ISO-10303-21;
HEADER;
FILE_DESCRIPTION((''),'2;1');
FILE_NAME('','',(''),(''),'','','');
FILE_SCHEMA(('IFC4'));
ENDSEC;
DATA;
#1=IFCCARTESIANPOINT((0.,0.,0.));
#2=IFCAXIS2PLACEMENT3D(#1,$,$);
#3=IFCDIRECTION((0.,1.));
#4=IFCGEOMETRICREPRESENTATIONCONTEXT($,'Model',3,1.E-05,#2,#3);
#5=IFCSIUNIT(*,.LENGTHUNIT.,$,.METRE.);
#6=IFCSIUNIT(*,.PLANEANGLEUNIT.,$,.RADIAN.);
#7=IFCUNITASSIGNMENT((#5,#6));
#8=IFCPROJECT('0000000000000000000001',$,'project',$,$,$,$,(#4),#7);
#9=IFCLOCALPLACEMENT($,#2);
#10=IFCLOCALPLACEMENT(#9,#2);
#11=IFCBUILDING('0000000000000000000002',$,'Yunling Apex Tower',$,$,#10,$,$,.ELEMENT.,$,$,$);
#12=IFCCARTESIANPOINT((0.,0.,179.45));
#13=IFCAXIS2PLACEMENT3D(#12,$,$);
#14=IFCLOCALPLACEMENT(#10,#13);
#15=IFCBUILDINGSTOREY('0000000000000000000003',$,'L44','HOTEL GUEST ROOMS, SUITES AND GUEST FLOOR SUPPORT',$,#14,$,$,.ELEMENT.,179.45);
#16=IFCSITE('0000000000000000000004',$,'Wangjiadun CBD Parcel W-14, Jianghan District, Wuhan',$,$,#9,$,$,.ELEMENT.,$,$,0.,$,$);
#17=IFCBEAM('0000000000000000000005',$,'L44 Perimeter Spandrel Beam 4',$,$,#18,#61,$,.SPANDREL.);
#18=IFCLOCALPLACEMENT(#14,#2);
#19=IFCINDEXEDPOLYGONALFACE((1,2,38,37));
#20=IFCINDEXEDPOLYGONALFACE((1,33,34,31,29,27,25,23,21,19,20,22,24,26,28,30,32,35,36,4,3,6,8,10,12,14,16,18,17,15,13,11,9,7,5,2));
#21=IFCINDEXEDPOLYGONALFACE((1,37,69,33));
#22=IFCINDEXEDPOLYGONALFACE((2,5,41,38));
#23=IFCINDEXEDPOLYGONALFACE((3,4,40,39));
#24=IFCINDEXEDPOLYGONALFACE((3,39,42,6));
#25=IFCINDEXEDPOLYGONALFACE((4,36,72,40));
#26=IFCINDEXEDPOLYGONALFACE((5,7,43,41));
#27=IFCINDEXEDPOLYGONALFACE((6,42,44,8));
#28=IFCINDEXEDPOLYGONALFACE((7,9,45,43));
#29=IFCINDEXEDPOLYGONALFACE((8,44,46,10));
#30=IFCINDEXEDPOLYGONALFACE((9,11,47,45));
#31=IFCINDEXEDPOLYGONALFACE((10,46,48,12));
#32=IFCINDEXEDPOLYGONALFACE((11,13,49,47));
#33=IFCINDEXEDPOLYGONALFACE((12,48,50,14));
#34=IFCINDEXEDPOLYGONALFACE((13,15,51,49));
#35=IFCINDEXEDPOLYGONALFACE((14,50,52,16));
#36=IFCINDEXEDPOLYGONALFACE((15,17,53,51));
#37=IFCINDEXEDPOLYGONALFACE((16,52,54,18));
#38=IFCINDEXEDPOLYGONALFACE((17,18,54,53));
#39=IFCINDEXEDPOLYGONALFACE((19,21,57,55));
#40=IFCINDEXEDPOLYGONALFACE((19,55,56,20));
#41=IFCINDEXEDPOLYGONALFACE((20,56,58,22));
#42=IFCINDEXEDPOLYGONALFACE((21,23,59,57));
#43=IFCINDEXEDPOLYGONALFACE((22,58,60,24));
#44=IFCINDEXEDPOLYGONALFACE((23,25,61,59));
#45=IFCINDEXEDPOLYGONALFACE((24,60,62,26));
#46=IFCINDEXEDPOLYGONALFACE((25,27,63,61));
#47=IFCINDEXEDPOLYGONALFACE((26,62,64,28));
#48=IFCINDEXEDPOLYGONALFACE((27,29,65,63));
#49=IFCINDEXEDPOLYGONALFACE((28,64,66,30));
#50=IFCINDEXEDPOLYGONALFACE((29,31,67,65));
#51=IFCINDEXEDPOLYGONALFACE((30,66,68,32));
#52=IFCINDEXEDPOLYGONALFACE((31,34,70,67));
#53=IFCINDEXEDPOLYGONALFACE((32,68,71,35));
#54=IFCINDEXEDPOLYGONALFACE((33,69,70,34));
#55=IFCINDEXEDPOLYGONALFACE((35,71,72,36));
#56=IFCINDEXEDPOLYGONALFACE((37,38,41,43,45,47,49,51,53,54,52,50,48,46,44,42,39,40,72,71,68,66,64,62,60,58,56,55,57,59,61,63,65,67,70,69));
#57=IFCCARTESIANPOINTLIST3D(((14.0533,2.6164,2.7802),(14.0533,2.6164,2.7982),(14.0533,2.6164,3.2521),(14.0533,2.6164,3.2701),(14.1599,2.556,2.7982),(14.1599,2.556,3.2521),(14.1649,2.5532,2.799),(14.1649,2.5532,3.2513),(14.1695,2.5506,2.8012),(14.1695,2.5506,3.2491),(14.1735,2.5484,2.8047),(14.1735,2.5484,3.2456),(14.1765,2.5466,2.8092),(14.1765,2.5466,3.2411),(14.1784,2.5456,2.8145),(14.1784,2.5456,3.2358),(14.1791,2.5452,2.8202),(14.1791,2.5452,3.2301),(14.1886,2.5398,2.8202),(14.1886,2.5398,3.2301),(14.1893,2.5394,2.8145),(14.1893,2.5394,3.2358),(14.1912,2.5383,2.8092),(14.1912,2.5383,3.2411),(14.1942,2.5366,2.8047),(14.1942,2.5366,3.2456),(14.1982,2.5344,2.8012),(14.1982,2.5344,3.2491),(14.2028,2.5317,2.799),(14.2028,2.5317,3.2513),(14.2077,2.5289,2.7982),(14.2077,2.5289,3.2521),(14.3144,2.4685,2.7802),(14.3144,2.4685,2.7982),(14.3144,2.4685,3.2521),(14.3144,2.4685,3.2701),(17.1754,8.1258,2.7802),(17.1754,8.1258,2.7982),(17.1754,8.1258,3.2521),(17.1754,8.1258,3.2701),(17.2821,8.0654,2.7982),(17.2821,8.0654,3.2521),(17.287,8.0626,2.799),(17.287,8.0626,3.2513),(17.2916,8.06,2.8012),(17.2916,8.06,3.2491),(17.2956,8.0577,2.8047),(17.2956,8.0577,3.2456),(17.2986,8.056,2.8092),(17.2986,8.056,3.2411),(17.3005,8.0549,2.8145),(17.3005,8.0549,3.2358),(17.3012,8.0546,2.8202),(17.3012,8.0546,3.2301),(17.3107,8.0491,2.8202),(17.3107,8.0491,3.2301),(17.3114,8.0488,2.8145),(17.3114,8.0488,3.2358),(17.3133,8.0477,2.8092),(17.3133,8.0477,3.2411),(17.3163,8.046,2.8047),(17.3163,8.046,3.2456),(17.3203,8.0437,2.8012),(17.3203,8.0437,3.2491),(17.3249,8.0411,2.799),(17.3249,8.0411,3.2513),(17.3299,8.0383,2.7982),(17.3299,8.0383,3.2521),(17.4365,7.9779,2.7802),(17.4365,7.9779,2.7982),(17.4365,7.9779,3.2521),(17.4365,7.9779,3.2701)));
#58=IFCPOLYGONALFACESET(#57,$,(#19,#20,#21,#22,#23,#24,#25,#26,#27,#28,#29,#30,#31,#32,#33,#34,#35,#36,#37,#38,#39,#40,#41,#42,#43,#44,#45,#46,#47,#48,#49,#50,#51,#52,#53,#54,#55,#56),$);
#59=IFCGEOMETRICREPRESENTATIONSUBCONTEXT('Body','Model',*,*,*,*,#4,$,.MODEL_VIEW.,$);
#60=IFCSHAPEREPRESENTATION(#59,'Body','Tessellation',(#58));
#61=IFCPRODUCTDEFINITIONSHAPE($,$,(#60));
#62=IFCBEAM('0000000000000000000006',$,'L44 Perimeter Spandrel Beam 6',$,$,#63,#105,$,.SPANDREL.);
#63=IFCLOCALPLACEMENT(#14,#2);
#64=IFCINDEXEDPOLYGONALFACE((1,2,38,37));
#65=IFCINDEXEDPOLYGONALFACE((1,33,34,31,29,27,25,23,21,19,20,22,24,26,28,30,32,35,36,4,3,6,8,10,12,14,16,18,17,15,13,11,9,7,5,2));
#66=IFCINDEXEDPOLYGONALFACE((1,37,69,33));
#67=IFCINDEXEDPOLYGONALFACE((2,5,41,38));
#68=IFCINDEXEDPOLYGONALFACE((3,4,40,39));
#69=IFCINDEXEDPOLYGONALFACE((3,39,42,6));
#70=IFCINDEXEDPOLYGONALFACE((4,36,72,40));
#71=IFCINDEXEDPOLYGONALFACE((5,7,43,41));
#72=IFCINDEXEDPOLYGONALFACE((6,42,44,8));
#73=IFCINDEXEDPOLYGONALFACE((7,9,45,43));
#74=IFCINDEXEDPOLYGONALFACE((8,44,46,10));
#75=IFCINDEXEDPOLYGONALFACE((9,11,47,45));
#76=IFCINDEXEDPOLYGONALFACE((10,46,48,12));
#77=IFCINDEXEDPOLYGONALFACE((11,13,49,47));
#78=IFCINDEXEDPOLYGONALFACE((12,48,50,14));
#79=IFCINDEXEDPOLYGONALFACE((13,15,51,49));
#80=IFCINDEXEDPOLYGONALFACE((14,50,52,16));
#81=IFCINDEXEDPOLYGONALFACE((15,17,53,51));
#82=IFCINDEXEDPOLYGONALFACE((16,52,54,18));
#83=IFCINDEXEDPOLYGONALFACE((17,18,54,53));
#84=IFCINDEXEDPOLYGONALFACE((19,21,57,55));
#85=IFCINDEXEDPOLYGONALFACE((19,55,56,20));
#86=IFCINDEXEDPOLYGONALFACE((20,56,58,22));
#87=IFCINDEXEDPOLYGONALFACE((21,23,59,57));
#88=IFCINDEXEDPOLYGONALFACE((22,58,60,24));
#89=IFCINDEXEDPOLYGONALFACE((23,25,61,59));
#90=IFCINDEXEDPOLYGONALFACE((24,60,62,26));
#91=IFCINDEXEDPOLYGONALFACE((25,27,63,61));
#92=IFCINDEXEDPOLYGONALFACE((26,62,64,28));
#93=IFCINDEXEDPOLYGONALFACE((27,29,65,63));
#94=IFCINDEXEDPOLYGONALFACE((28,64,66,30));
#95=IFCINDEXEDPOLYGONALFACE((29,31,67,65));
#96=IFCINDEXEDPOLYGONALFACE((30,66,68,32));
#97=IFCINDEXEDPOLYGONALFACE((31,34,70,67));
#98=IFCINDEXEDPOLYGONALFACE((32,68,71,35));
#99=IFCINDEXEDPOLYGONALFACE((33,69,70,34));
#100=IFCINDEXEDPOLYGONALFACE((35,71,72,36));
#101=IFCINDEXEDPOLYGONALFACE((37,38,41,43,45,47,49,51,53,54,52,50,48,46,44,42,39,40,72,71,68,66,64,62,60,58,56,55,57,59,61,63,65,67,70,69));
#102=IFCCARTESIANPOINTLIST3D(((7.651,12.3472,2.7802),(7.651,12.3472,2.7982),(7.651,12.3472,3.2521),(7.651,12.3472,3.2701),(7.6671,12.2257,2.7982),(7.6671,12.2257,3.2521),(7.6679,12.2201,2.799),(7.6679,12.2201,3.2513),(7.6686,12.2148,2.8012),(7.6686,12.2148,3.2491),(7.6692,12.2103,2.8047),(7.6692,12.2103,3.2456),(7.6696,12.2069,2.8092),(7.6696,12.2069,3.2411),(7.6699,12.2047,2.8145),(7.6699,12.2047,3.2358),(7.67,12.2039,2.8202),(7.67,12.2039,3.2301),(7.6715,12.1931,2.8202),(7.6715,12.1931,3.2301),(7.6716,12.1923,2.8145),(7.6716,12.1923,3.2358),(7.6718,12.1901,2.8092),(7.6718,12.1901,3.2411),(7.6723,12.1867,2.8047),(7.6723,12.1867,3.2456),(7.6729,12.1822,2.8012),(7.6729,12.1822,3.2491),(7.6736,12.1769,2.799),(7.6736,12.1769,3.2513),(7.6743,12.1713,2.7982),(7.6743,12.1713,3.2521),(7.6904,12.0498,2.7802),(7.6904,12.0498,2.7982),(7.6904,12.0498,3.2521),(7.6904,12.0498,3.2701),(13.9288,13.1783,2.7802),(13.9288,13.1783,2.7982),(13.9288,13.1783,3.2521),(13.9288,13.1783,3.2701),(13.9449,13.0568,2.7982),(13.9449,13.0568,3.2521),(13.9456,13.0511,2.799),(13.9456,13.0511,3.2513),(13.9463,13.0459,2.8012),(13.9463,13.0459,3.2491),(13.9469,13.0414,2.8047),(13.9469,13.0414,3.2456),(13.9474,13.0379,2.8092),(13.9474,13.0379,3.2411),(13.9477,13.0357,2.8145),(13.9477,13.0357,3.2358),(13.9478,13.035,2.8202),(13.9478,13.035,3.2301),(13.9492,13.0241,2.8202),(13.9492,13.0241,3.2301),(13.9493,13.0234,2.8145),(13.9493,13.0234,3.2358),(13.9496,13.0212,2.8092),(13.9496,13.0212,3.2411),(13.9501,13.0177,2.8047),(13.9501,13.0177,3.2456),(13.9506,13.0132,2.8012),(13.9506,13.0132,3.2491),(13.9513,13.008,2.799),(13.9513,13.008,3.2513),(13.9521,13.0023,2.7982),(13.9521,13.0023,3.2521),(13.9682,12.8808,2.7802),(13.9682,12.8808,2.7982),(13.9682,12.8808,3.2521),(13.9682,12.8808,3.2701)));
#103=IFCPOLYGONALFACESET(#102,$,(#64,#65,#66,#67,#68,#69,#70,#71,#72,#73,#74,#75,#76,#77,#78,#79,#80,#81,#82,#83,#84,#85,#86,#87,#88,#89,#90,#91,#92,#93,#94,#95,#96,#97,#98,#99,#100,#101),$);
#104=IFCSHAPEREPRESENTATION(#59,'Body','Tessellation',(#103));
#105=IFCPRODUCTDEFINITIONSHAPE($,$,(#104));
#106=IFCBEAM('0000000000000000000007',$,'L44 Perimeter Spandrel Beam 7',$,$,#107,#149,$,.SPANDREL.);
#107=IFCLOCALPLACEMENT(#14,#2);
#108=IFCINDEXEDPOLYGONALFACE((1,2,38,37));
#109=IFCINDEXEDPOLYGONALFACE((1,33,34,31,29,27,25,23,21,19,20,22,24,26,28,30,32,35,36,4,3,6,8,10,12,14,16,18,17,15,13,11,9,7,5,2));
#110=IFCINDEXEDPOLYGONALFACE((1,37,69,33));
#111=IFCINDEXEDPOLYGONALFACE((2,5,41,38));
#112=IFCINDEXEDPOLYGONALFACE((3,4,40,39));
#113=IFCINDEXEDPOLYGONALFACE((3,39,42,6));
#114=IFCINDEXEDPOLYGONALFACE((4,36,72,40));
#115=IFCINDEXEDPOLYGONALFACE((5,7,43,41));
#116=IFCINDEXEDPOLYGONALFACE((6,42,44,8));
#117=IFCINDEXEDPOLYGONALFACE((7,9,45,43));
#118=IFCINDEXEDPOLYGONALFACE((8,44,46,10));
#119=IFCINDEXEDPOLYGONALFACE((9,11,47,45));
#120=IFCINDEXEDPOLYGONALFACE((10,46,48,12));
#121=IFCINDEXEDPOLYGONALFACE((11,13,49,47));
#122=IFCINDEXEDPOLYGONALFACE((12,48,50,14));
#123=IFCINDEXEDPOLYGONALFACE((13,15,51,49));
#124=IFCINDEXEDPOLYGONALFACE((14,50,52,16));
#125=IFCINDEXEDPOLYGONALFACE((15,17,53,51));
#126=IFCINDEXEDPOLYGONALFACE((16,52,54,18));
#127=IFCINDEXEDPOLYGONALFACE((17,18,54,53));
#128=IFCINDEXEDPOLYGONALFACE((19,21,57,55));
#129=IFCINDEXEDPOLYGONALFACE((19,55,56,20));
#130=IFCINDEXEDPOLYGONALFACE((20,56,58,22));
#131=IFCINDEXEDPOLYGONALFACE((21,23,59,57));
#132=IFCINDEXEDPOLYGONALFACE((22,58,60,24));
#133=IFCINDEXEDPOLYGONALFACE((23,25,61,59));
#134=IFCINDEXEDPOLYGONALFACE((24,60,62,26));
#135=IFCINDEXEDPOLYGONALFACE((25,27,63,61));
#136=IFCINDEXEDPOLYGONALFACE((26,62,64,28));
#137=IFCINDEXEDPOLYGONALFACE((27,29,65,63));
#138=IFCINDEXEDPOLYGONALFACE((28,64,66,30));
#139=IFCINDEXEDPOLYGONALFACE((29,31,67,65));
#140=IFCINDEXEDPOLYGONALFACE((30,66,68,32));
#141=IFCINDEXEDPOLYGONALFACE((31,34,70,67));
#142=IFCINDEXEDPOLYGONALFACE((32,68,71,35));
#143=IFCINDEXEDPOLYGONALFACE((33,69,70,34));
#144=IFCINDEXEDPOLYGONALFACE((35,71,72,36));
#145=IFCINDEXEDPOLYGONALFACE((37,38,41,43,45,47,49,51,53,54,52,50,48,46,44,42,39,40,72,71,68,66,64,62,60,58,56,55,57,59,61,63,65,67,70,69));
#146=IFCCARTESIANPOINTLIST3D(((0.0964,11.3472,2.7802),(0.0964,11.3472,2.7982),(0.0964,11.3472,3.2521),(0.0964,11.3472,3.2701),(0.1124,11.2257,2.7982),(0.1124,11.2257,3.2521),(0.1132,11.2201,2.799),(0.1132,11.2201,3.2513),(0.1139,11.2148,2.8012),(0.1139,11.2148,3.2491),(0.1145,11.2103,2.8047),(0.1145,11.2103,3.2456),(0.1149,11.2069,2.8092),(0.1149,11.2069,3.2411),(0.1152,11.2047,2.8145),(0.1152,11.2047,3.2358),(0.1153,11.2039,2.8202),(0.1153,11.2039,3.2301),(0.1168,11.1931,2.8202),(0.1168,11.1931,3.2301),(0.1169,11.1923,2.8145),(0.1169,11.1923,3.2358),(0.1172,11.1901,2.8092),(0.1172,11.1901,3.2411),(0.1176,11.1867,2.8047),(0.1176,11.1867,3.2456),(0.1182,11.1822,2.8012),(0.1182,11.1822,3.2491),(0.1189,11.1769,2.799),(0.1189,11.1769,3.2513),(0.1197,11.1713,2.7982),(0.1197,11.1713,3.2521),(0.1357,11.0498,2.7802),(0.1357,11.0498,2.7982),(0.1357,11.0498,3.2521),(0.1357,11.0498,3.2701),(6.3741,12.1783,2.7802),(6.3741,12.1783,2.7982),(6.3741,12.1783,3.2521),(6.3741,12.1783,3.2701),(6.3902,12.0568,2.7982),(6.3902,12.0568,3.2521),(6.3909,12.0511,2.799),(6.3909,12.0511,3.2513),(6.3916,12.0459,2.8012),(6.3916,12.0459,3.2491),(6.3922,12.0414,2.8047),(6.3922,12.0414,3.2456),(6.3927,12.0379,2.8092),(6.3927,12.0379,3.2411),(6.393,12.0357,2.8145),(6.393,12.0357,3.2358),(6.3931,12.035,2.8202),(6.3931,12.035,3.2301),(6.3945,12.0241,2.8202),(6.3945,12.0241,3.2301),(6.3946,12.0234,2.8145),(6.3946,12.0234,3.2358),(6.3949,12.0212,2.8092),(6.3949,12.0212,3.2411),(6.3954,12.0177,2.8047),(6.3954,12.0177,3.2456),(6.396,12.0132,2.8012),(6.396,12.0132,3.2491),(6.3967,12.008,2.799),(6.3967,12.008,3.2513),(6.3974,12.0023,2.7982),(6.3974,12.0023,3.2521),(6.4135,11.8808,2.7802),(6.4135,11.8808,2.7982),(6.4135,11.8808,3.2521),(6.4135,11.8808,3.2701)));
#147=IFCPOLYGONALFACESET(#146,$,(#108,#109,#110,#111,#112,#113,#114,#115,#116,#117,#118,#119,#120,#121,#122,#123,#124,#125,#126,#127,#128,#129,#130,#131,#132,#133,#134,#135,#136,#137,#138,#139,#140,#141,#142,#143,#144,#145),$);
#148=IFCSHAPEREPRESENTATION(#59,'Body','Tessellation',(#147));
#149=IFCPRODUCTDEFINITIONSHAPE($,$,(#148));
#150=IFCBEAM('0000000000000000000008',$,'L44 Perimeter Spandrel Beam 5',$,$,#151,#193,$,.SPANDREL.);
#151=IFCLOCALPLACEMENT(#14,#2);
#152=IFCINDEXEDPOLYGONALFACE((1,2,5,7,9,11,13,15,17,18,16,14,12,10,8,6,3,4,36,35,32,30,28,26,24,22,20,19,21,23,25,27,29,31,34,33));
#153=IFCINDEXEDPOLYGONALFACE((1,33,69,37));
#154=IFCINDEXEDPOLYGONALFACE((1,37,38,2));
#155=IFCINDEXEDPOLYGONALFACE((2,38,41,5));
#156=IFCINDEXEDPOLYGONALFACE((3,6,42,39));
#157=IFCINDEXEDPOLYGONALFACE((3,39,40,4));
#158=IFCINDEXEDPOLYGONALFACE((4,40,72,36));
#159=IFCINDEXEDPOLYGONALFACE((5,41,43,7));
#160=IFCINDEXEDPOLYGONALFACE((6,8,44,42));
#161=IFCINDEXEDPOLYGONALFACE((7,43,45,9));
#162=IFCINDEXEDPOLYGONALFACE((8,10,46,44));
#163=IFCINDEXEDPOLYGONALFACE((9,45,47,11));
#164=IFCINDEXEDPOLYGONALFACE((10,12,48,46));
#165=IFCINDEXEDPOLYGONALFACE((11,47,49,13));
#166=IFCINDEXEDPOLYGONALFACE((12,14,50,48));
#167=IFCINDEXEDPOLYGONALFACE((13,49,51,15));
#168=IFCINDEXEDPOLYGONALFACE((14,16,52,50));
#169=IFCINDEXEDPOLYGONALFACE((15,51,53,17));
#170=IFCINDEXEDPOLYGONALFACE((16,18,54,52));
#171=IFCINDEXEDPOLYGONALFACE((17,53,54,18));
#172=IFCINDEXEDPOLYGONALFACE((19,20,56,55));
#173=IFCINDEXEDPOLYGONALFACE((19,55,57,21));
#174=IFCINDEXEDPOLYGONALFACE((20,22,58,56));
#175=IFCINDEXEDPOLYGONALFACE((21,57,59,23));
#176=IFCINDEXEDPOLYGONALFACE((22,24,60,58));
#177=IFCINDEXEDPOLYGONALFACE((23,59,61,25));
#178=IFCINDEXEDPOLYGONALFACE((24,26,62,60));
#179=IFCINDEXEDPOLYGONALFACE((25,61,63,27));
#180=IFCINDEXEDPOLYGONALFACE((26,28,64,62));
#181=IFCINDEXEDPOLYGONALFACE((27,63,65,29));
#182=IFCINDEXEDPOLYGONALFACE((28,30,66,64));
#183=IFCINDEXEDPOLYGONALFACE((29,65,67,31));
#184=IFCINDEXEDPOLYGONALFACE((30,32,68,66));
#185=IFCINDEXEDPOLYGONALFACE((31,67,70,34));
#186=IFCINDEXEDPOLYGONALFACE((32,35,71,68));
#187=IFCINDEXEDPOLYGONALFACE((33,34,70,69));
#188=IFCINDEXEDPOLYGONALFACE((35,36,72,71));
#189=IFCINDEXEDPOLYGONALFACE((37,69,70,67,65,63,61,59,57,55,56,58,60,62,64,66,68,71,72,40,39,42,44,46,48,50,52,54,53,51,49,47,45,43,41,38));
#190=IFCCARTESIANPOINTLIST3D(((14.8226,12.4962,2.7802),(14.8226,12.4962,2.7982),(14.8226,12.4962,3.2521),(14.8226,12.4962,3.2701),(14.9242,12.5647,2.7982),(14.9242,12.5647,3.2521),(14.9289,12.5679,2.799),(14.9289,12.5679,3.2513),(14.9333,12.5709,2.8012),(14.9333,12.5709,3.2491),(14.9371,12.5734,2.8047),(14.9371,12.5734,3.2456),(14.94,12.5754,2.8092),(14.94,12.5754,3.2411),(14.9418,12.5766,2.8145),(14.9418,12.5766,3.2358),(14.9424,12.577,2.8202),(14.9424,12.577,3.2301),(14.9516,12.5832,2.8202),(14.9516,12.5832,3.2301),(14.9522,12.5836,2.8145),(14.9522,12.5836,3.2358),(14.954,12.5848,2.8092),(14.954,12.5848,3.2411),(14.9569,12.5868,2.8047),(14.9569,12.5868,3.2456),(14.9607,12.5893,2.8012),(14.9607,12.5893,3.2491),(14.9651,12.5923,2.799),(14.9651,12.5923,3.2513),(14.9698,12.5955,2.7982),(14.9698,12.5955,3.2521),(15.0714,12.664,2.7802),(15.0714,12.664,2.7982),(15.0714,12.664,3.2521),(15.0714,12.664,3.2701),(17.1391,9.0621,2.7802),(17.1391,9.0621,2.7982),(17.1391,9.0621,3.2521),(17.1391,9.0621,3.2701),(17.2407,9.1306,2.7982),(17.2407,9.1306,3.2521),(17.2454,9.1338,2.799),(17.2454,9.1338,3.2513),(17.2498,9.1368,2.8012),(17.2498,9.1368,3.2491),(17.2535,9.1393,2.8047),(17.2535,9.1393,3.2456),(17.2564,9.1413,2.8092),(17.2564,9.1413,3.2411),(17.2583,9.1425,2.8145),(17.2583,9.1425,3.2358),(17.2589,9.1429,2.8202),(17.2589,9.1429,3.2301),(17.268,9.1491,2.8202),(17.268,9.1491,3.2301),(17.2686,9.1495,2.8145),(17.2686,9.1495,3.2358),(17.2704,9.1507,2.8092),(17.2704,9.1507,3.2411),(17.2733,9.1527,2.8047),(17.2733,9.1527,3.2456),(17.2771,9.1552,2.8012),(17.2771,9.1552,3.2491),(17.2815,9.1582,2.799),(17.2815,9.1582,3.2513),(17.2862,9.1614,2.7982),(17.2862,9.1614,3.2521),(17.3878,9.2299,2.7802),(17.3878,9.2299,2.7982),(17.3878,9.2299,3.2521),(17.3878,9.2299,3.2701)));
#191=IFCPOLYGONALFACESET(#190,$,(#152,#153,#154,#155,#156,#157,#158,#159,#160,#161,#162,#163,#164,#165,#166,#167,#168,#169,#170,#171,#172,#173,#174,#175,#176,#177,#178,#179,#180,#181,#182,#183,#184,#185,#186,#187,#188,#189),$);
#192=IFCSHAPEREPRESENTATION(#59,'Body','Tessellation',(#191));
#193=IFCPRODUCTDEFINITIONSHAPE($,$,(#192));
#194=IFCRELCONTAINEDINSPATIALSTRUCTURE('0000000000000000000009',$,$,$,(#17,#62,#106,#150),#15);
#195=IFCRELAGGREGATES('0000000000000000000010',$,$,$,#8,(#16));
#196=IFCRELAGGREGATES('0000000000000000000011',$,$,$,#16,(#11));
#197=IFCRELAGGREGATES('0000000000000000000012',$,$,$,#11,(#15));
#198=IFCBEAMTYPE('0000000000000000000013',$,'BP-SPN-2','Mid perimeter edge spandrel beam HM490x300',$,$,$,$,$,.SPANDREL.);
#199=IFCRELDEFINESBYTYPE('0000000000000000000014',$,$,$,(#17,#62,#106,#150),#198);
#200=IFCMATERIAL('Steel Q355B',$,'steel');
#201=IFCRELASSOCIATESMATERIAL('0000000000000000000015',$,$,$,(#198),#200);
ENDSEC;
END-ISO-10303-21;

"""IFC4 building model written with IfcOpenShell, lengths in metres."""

from ifc_helpers import new_model, si_unit, direction, frame, origin, origin_2d, place, context, subcontext, project, spatial, i_section, extrude, source, transform, mapped, material, material_profile, profile_set, type_object, element, save


model = new_model("IFC4")

# Units and contexts
model_context = context("Model", 3, precision=1e-05, world=origin(), true_north=direction((0.0, 1.0)))
body_context = subcontext(model_context, "Body", "Model", "MODEL_VIEW")
ifc_project = project(units=[si_unit("LENGTHUNIT", "METRE"), si_unit("PLANEANGLEUNIT", "RADIAN")], contexts=[model_context])

# Site, building, storey
site_placement = place(None, origin())
site = spatial("IfcSite", under=ifc_project, at=site_placement, Name="Wangjiadun CBD Parcel W-14, Jianghan District, Wuhan", CompositionType="ELEMENT", RefElevation=0.0)
building_placement = place(site_placement, origin())
building = spatial("IfcBuilding", under=site, at=building_placement, Name="Yunling Apex Tower", CompositionType="ELEMENT")
storey_placement = place(building_placement, frame((0.0, 0.0, 179.45)))
storey = spatial("IfcBuildingStorey", under=building, at=storey_placement, Name="L44", Description="HOTEL GUEST ROOMS, SUITES AND GUEST FLOOR SUPPORT", CompositionType="ELEMENT", Elevation=179.45)

# Beams
ifc_material_1 = material(Name="Steel Q355B", Category="steel")
ifc_material_profile_1 = material_profile(ifc_material_1, i_section(OverallWidth=0.3, OverallDepth=0.49, WebThickness=0.011, FlangeThickness=0.0181, FilletRadius=0.022, at=origin_2d()))
ifc_profile_set_1 = profile_set([ifc_material_profile_1], Name="Steel Q355B")
beam_type_1 = type_object("IfcBeamType", Name="BP-SPN-2", Description="Mid perimeter edge spandrel beam HM490x300", PredefinedType="SPANDREL", material=ifc_profile_set_1)
shared_shape_1 = source(origin(), body_context, "Body", "SweptSolid", [
    extrude(i_section(OverallWidth=0.3, OverallDepth=0.49, WebThickness=0.011, FlangeThickness=0.0181, FilletRadius=0.022, at=origin_2d()), origin(), (0.0, 0.0, 1.0), 6.3325),
])
for number, where, z_axis, x_axis, name in (
    (1, (14.1838, 2.5425, 3.0251), (0.49303, 0.870012, 0.0), (-0.870012, 0.49303, 0.0), "L44 Perimeter Spandrel Beam 4"),
    (2, (13.9485, 13.0295, 3.0251), (-0.991351, -0.131234, 0.0), (0.131234, -0.991351, 0.0), "L44 Perimeter Spandrel Beam 6"),
    (3, (6.3938, 12.0295, 3.0251), (-0.991351, -0.131234, 0.0), (0.131234, -0.991351, 0.0), "L44 Perimeter Spandrel Beam 7"),
):
    element("IfcBeam", number, at=place(storey_placement, frame(where, z_axis=z_axis, x_axis=x_axis)), inside=storey, type_object=beam_type_1, Name=name, PredefinedType="SPANDREL", context=body_context, shape_type="MappedRepresentation", body=[
        mapped(shared_shape_1, transform((0.0, 0.0, 0.0), scale=1.0)),
    ])
shared_shape_2 = source(origin(), body_context, "Body", "SweptSolid", [
    extrude(i_section(OverallWidth=0.3, OverallDepth=0.49, WebThickness=0.011, FlangeThickness=0.0181, FilletRadius=0.022, at=origin_2d()), origin(), (0.0, 0.0, 1.0), 4.1423),
])
beam_1_placement = place(storey_placement, frame((17.2634, 9.146, 3.0251), z_axis=(-0.559208, 0.829028, 0.0), x_axis=(-0.829028, -0.559208, 0.0)))
element("IfcBeam", 4, at=beam_1_placement, inside=storey, type_object=beam_type_1, Name="L44 Perimeter Spandrel Beam 5", PredefinedType="SPANDREL", context=body_context, shape_type="MappedRepresentation", body=[
    mapped(shared_shape_2, transform((0.0, 0.0, 0.0), scale=1.0)),
])

save(model, "model.ifc")
